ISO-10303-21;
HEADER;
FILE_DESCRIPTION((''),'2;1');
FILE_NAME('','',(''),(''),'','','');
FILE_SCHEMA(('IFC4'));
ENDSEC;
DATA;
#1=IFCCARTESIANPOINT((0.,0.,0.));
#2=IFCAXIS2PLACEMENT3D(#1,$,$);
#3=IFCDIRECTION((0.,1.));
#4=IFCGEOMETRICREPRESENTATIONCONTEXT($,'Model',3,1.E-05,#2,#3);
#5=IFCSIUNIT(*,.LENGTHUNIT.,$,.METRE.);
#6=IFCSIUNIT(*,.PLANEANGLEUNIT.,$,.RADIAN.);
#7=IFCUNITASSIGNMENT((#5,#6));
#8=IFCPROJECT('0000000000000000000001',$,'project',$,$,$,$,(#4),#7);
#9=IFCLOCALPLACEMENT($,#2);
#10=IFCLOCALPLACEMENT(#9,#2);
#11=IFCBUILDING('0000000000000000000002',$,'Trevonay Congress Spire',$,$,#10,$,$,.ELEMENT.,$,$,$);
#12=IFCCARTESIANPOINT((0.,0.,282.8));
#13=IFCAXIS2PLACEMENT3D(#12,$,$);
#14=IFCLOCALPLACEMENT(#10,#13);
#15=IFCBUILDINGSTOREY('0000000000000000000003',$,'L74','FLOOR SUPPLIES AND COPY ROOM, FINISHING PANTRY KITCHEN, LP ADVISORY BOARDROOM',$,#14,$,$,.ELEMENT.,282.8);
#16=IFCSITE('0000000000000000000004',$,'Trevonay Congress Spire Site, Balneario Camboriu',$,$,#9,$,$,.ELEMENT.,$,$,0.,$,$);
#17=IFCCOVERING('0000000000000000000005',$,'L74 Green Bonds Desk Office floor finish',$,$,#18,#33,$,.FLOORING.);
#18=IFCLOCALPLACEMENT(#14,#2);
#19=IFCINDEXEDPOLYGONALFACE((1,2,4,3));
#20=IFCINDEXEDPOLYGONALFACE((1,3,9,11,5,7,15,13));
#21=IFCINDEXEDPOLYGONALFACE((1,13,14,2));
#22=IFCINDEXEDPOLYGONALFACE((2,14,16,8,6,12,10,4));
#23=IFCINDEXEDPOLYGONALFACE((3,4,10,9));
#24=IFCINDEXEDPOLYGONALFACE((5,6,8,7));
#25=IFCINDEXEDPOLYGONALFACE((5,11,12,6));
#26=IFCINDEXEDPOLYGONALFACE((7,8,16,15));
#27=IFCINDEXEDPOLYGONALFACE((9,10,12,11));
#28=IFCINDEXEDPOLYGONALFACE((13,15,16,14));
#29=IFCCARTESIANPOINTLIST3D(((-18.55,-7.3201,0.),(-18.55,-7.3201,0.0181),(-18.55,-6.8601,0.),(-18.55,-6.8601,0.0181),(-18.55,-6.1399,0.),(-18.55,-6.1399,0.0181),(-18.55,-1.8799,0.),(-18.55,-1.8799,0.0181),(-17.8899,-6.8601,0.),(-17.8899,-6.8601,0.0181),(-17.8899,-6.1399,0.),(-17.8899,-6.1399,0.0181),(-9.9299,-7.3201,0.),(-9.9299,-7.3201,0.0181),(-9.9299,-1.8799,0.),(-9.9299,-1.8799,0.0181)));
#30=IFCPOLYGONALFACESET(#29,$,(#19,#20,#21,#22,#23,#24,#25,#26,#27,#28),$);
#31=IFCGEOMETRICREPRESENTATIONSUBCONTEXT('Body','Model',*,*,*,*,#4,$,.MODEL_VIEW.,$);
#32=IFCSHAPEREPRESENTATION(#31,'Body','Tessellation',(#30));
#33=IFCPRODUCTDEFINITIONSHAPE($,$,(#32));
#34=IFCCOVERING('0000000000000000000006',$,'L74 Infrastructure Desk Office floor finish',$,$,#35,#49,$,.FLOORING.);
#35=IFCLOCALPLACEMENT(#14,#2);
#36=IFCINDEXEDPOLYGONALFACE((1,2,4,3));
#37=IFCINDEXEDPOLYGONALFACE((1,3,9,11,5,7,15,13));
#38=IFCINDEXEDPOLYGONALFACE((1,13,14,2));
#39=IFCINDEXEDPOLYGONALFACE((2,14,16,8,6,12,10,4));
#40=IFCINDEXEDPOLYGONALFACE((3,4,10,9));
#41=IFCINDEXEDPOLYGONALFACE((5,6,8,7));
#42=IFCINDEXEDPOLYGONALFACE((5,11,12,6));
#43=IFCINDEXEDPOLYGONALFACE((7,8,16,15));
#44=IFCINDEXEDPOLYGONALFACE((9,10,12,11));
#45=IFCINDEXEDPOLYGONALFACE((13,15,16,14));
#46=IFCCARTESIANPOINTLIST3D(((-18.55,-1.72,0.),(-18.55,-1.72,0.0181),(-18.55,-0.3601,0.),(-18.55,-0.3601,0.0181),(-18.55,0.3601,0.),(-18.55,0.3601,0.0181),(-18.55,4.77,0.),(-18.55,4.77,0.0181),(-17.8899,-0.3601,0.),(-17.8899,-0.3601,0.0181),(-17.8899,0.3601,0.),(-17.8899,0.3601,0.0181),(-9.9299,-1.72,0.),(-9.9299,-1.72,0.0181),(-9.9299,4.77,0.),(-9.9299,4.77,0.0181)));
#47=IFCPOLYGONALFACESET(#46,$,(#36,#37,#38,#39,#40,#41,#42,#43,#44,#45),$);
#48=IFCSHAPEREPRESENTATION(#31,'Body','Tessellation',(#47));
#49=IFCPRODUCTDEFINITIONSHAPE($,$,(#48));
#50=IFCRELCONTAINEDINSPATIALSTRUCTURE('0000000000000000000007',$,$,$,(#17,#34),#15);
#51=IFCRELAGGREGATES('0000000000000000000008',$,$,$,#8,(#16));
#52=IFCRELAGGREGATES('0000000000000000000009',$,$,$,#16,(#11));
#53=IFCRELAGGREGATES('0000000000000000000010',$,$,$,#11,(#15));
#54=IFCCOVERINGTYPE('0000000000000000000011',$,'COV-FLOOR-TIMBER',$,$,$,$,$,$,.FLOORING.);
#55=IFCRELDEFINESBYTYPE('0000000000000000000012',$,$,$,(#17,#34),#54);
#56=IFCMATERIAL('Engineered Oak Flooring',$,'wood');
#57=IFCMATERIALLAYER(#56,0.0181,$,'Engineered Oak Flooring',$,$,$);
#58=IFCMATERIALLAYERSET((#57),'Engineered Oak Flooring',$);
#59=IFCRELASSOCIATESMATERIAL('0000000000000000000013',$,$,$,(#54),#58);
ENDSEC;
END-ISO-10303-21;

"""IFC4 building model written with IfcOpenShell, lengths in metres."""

from ifc_helpers import new_model, si_unit, direction, frame, origin, place, context, subcontext, project, spatial, polyline, outline, extrude, material, layer, layer_set, type_object, element, save


model = new_model("IFC4")

# Units and contexts
model_context = context("Model", 3, precision=1e-05, world=origin(), true_north=direction((0.0, 1.0)))
body_context = subcontext(model_context, "Body", "Model", "MODEL_VIEW")
ifc_project = project(units=[si_unit("LENGTHUNIT", "METRE"), si_unit("PLANEANGLEUNIT", "RADIAN")], contexts=[model_context])

# Site, building, storey
site_placement = place(None, origin())
site = spatial("IfcSite", under=ifc_project, at=site_placement, Name="Trevonay Congress Spire Site, Balneario Camboriu", CompositionType="ELEMENT", RefElevation=0.0)
building_placement = place(site_placement, origin())
building = spatial("IfcBuilding", under=site, at=building_placement, Name="Trevonay Congress Spire", CompositionType="ELEMENT")
storey_placement = place(building_placement, frame((0.0, 0.0, 282.8)))
storey = spatial("IfcBuildingStorey", under=building, at=storey_placement, Name="L74", Description="FLOOR SUPPLIES AND COPY ROOM, FINISHING PANTRY KITCHEN, LP ADVISORY BOARDROOM", CompositionType="ELEMENT", Elevation=282.8)

# Coverings
ifc_material_1 = material(Name="Engineered Oak Flooring", Category="wood")
ifc_layer_1 = layer(ifc_material_1, 0.0181, Name="Engineered Oak Flooring")
ifc_layer_set_1 = layer_set([ifc_layer_1], Name="Engineered Oak Flooring")
covering_type_1 = type_object("IfcCoveringType", Name="COV-FLOOR-TIMBER", PredefinedType="FLOORING", material=ifc_layer_set_1)
covering_1_placement = place(storey_placement, origin())
element("IfcCovering", 1, at=covering_1_placement, inside=storey, type_object=covering_type_1, Name="L74 Green Bonds Desk Office floor finish", PredefinedType="FLOORING", context=body_context, shape_type="SweptSolid", body=[
    extrude(outline(polyline([(-18.55, -1.8799), (-9.9299, -1.8799), (-9.9299, -7.3201), (-18.55, -7.3201), (-18.55, -6.8601), (-17.8899, -6.8601), (-17.8899, -6.1399), (-18.55, -6.1399), (-18.55, -1.8799)])), origin(), (0.0, 0.0, 1.0), 0.0181),
])
covering_2_placement = place(storey_placement, origin())
element("IfcCovering", 2, at=covering_2_placement, inside=storey, type_object=covering_type_1, Name="L74 Infrastructure Desk Office floor finish", PredefinedType="FLOORING", context=body_context, shape_type="SweptSolid", body=[
    extrude(outline(polyline([(-18.55, 4.77), (-9.9299, 4.77), (-9.9299, -1.72), (-18.55, -1.72), (-18.55, -0.3601), (-17.8899, -0.3601), (-17.8899, 0.3601), (-18.55, 0.3601), (-18.55, 4.77)])), origin(), (0.0, 0.0, 1.0), 0.0181),
])

save(model, "model.ifc")
